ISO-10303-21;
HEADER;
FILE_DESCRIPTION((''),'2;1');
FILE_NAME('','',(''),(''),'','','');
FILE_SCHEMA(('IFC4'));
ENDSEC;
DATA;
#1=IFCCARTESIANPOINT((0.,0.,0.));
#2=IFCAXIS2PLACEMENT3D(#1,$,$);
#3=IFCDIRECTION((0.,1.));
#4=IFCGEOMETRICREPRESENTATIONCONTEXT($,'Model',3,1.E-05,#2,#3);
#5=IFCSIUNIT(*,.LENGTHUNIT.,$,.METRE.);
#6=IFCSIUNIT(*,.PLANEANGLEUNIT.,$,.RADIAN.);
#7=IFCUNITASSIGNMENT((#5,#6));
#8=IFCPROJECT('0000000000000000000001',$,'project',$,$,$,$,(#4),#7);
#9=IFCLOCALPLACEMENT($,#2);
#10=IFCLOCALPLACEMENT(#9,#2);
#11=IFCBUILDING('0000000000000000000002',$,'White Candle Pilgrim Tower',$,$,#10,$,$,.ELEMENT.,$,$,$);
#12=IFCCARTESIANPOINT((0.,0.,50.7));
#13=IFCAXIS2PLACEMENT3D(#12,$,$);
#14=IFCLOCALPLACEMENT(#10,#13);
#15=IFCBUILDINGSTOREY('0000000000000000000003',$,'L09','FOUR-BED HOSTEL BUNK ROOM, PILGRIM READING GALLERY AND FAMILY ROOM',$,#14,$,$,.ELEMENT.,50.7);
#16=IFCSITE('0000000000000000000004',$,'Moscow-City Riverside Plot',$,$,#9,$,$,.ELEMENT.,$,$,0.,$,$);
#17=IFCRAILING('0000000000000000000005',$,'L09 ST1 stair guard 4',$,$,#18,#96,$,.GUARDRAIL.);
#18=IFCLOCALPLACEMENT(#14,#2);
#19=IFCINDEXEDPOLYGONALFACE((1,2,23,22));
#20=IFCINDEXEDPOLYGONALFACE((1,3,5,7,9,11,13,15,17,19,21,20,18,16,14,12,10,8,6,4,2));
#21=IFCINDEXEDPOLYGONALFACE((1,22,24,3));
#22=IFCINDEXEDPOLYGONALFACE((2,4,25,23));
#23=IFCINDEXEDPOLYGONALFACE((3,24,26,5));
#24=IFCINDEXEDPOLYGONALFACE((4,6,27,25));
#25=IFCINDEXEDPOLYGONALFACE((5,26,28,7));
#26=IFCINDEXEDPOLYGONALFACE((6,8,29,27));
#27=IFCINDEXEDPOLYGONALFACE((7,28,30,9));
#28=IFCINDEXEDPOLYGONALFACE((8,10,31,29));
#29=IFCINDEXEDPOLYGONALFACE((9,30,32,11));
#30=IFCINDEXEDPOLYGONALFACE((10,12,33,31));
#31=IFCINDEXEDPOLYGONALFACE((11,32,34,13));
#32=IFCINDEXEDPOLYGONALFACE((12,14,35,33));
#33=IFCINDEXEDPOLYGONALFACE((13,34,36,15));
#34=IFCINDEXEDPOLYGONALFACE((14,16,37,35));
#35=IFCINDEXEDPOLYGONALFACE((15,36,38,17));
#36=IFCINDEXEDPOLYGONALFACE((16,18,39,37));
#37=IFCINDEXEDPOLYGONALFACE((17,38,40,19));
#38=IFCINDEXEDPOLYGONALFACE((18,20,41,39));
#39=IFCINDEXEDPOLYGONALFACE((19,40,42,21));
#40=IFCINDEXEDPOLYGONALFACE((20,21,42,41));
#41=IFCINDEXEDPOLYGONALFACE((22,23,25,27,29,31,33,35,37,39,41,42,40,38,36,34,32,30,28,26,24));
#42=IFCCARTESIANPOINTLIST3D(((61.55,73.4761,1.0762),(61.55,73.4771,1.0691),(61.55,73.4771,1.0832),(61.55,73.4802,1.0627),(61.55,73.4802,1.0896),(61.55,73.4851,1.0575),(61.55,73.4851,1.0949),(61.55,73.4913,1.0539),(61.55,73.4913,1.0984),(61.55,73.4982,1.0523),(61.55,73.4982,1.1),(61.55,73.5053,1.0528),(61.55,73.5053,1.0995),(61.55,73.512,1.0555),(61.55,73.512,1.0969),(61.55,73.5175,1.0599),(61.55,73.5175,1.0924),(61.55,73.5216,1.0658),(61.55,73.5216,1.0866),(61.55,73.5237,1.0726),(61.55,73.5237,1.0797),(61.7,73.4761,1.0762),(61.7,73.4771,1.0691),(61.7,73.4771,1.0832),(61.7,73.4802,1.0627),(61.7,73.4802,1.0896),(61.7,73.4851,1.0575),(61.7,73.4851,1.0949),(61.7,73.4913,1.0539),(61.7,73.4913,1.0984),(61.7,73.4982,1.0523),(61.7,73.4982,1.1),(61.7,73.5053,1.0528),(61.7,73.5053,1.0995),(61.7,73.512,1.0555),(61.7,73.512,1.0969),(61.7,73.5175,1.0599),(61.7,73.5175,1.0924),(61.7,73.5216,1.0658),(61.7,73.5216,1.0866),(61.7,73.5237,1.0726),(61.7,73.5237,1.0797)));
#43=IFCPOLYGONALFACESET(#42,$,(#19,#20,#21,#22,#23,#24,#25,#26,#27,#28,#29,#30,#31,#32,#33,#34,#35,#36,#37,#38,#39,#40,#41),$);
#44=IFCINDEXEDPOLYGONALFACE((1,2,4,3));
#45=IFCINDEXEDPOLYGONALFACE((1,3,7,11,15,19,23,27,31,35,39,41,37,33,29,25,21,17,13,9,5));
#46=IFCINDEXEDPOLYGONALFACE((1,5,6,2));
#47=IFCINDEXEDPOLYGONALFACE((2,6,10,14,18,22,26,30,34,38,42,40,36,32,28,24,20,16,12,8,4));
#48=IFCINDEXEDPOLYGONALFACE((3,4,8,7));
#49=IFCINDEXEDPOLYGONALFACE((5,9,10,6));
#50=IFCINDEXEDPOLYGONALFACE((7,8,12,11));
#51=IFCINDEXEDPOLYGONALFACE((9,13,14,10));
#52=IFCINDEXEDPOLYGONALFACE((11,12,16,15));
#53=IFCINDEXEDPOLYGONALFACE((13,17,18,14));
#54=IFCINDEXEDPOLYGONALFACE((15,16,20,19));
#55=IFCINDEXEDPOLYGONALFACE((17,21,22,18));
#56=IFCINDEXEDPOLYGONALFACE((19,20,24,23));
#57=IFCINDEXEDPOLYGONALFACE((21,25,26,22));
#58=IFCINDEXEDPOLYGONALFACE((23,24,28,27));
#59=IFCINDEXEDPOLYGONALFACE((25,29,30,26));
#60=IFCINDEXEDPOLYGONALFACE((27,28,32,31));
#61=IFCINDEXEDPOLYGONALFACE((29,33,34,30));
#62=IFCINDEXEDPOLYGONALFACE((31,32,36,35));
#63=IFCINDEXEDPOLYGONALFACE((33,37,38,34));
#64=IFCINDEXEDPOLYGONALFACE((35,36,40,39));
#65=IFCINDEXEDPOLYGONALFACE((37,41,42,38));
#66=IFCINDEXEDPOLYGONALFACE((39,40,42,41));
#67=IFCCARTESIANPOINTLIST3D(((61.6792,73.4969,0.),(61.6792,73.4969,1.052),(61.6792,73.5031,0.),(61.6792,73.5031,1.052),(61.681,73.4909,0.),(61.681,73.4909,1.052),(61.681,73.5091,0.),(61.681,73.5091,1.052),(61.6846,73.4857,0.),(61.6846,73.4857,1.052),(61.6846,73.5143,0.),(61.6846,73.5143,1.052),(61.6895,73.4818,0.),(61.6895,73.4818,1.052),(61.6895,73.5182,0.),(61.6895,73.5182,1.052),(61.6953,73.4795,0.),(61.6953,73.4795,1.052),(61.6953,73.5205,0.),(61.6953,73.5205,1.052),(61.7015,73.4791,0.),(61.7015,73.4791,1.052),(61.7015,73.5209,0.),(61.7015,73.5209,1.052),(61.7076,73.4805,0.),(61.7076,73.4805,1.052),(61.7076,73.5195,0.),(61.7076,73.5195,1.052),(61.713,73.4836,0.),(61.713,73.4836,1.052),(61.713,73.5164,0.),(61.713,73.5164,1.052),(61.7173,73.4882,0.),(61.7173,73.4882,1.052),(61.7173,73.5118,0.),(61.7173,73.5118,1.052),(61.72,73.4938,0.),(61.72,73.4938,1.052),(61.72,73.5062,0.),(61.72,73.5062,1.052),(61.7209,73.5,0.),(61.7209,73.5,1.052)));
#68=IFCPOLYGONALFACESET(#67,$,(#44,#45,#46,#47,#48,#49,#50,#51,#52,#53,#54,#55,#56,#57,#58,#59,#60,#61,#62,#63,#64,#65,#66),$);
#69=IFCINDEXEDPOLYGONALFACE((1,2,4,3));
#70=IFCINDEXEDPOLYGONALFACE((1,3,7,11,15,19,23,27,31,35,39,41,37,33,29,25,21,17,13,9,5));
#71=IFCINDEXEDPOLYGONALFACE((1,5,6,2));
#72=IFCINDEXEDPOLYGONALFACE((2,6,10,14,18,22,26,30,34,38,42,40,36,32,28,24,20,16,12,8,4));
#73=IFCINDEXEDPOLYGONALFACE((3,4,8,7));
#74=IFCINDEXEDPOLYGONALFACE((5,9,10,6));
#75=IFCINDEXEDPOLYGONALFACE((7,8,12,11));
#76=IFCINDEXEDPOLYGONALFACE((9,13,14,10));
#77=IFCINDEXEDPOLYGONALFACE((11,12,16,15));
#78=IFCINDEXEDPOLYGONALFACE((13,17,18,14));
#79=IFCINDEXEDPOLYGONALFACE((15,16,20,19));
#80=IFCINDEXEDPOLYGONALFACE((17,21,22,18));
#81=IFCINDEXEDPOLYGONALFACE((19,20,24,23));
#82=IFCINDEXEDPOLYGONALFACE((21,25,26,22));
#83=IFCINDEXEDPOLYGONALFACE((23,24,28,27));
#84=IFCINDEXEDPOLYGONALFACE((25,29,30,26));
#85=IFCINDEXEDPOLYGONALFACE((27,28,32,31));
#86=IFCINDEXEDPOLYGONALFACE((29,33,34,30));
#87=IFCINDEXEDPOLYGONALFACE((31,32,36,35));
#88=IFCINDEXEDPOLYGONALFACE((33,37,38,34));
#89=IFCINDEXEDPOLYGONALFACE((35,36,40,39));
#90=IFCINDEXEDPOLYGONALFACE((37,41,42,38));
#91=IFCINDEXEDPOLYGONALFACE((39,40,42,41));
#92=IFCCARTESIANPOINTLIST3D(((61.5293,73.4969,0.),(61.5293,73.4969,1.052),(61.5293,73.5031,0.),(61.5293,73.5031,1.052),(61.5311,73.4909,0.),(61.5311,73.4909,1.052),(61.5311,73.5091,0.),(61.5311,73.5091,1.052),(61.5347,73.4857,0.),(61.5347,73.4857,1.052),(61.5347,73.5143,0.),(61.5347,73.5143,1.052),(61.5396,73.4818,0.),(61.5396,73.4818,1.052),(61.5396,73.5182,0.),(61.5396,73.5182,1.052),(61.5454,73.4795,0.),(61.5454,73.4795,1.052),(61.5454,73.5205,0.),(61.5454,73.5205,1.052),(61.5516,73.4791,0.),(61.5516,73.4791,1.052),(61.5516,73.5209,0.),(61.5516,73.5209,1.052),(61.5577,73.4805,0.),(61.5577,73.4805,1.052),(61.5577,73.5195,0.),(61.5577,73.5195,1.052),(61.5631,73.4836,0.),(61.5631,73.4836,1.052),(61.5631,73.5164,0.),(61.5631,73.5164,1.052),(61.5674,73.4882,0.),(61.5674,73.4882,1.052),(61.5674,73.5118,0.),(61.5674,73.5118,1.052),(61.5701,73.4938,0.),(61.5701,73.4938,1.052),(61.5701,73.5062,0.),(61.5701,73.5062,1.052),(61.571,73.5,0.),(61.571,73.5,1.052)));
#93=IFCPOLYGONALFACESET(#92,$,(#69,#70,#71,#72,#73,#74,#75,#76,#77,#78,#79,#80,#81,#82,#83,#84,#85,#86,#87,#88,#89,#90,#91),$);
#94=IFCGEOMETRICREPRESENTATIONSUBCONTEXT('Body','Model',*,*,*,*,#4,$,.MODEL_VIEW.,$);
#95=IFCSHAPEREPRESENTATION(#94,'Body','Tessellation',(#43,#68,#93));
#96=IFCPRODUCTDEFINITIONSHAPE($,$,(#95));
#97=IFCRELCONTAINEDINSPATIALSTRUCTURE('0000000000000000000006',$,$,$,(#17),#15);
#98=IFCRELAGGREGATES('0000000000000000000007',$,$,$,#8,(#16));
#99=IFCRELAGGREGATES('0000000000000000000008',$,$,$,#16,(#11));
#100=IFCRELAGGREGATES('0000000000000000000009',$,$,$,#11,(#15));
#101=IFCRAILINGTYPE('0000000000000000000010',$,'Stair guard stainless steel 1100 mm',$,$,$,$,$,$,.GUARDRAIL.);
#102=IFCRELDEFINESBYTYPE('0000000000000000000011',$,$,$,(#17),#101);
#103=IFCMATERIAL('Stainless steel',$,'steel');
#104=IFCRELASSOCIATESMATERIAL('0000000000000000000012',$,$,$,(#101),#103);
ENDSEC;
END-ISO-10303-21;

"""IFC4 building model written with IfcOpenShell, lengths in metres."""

from ifc_helpers import new_model, si_unit, direction, frame, origin, origin_2d, place, context, subcontext, project, spatial, circle, extrude, material, type_object, element, save


model = new_model("IFC4")

# Units and contexts
model_context = context("Model", 3, precision=1e-05, world=origin(), true_north=direction((0.0, 1.0)))
body_context = subcontext(model_context, "Body", "Model", "MODEL_VIEW")
ifc_project = project(units=[si_unit("LENGTHUNIT", "METRE"), si_unit("PLANEANGLEUNIT", "RADIAN")], contexts=[model_context])

# Site, building, storey
site_placement = place(None, origin())
site = spatial("IfcSite", under=ifc_project, at=site_placement, Name="Moscow-City Riverside Plot", CompositionType="ELEMENT", RefElevation=0.0)
building_placement = place(site_placement, origin())
building = spatial("IfcBuilding", under=site, at=building_placement, Name="White Candle Pilgrim Tower", CompositionType="ELEMENT")
storey_placement = place(building_placement, frame((0.0, 0.0, 50.7)))
storey = spatial("IfcBuildingStorey", under=building, at=storey_placement, Name="L09", Description="FOUR-BED HOSTEL BUNK ROOM, PILGRIM READING GALLERY AND FAMILY ROOM", CompositionType="ELEMENT", Elevation=50.7)

# Shared definitions
ifc_material_1 = material(Name="Stainless steel", Category="steel")

# Railing
railing_type = type_object("IfcRailingType", Name="Stair guard stainless steel 1100 mm", PredefinedType="GUARDRAIL", material=ifc_material_1)
railing_placement = place(storey_placement, frame((61.7, 73.5, 0.0)))
element("IfcRailing", 1, at=railing_placement, inside=storey, type_object=railing_type, Name="L09 ST1 stair guard 4", PredefinedType="GUARDRAIL", context=body_context, shape_type="SweptSolid", body=[
    extrude(circle(Radius=0.0239, at=origin_2d()), frame((0.0, 0.0, 1.0762), z_axis=(-1.0, 0.0, 0.0), x_axis=(0.0, -1.0, 0.0)), (0.0, 0.0, 1.0), 0.1499),
    extrude(circle(Radius=0.021, at=origin_2d()), origin(), (0.0, 0.0, 1.0), 1.052),
    extrude(circle(Radius=0.021, at=origin_2d()), frame((-0.1499, 0.0, 0.0)), (0.0, 0.0, 1.0), 1.052),
])

save(model, "model.ifc")
